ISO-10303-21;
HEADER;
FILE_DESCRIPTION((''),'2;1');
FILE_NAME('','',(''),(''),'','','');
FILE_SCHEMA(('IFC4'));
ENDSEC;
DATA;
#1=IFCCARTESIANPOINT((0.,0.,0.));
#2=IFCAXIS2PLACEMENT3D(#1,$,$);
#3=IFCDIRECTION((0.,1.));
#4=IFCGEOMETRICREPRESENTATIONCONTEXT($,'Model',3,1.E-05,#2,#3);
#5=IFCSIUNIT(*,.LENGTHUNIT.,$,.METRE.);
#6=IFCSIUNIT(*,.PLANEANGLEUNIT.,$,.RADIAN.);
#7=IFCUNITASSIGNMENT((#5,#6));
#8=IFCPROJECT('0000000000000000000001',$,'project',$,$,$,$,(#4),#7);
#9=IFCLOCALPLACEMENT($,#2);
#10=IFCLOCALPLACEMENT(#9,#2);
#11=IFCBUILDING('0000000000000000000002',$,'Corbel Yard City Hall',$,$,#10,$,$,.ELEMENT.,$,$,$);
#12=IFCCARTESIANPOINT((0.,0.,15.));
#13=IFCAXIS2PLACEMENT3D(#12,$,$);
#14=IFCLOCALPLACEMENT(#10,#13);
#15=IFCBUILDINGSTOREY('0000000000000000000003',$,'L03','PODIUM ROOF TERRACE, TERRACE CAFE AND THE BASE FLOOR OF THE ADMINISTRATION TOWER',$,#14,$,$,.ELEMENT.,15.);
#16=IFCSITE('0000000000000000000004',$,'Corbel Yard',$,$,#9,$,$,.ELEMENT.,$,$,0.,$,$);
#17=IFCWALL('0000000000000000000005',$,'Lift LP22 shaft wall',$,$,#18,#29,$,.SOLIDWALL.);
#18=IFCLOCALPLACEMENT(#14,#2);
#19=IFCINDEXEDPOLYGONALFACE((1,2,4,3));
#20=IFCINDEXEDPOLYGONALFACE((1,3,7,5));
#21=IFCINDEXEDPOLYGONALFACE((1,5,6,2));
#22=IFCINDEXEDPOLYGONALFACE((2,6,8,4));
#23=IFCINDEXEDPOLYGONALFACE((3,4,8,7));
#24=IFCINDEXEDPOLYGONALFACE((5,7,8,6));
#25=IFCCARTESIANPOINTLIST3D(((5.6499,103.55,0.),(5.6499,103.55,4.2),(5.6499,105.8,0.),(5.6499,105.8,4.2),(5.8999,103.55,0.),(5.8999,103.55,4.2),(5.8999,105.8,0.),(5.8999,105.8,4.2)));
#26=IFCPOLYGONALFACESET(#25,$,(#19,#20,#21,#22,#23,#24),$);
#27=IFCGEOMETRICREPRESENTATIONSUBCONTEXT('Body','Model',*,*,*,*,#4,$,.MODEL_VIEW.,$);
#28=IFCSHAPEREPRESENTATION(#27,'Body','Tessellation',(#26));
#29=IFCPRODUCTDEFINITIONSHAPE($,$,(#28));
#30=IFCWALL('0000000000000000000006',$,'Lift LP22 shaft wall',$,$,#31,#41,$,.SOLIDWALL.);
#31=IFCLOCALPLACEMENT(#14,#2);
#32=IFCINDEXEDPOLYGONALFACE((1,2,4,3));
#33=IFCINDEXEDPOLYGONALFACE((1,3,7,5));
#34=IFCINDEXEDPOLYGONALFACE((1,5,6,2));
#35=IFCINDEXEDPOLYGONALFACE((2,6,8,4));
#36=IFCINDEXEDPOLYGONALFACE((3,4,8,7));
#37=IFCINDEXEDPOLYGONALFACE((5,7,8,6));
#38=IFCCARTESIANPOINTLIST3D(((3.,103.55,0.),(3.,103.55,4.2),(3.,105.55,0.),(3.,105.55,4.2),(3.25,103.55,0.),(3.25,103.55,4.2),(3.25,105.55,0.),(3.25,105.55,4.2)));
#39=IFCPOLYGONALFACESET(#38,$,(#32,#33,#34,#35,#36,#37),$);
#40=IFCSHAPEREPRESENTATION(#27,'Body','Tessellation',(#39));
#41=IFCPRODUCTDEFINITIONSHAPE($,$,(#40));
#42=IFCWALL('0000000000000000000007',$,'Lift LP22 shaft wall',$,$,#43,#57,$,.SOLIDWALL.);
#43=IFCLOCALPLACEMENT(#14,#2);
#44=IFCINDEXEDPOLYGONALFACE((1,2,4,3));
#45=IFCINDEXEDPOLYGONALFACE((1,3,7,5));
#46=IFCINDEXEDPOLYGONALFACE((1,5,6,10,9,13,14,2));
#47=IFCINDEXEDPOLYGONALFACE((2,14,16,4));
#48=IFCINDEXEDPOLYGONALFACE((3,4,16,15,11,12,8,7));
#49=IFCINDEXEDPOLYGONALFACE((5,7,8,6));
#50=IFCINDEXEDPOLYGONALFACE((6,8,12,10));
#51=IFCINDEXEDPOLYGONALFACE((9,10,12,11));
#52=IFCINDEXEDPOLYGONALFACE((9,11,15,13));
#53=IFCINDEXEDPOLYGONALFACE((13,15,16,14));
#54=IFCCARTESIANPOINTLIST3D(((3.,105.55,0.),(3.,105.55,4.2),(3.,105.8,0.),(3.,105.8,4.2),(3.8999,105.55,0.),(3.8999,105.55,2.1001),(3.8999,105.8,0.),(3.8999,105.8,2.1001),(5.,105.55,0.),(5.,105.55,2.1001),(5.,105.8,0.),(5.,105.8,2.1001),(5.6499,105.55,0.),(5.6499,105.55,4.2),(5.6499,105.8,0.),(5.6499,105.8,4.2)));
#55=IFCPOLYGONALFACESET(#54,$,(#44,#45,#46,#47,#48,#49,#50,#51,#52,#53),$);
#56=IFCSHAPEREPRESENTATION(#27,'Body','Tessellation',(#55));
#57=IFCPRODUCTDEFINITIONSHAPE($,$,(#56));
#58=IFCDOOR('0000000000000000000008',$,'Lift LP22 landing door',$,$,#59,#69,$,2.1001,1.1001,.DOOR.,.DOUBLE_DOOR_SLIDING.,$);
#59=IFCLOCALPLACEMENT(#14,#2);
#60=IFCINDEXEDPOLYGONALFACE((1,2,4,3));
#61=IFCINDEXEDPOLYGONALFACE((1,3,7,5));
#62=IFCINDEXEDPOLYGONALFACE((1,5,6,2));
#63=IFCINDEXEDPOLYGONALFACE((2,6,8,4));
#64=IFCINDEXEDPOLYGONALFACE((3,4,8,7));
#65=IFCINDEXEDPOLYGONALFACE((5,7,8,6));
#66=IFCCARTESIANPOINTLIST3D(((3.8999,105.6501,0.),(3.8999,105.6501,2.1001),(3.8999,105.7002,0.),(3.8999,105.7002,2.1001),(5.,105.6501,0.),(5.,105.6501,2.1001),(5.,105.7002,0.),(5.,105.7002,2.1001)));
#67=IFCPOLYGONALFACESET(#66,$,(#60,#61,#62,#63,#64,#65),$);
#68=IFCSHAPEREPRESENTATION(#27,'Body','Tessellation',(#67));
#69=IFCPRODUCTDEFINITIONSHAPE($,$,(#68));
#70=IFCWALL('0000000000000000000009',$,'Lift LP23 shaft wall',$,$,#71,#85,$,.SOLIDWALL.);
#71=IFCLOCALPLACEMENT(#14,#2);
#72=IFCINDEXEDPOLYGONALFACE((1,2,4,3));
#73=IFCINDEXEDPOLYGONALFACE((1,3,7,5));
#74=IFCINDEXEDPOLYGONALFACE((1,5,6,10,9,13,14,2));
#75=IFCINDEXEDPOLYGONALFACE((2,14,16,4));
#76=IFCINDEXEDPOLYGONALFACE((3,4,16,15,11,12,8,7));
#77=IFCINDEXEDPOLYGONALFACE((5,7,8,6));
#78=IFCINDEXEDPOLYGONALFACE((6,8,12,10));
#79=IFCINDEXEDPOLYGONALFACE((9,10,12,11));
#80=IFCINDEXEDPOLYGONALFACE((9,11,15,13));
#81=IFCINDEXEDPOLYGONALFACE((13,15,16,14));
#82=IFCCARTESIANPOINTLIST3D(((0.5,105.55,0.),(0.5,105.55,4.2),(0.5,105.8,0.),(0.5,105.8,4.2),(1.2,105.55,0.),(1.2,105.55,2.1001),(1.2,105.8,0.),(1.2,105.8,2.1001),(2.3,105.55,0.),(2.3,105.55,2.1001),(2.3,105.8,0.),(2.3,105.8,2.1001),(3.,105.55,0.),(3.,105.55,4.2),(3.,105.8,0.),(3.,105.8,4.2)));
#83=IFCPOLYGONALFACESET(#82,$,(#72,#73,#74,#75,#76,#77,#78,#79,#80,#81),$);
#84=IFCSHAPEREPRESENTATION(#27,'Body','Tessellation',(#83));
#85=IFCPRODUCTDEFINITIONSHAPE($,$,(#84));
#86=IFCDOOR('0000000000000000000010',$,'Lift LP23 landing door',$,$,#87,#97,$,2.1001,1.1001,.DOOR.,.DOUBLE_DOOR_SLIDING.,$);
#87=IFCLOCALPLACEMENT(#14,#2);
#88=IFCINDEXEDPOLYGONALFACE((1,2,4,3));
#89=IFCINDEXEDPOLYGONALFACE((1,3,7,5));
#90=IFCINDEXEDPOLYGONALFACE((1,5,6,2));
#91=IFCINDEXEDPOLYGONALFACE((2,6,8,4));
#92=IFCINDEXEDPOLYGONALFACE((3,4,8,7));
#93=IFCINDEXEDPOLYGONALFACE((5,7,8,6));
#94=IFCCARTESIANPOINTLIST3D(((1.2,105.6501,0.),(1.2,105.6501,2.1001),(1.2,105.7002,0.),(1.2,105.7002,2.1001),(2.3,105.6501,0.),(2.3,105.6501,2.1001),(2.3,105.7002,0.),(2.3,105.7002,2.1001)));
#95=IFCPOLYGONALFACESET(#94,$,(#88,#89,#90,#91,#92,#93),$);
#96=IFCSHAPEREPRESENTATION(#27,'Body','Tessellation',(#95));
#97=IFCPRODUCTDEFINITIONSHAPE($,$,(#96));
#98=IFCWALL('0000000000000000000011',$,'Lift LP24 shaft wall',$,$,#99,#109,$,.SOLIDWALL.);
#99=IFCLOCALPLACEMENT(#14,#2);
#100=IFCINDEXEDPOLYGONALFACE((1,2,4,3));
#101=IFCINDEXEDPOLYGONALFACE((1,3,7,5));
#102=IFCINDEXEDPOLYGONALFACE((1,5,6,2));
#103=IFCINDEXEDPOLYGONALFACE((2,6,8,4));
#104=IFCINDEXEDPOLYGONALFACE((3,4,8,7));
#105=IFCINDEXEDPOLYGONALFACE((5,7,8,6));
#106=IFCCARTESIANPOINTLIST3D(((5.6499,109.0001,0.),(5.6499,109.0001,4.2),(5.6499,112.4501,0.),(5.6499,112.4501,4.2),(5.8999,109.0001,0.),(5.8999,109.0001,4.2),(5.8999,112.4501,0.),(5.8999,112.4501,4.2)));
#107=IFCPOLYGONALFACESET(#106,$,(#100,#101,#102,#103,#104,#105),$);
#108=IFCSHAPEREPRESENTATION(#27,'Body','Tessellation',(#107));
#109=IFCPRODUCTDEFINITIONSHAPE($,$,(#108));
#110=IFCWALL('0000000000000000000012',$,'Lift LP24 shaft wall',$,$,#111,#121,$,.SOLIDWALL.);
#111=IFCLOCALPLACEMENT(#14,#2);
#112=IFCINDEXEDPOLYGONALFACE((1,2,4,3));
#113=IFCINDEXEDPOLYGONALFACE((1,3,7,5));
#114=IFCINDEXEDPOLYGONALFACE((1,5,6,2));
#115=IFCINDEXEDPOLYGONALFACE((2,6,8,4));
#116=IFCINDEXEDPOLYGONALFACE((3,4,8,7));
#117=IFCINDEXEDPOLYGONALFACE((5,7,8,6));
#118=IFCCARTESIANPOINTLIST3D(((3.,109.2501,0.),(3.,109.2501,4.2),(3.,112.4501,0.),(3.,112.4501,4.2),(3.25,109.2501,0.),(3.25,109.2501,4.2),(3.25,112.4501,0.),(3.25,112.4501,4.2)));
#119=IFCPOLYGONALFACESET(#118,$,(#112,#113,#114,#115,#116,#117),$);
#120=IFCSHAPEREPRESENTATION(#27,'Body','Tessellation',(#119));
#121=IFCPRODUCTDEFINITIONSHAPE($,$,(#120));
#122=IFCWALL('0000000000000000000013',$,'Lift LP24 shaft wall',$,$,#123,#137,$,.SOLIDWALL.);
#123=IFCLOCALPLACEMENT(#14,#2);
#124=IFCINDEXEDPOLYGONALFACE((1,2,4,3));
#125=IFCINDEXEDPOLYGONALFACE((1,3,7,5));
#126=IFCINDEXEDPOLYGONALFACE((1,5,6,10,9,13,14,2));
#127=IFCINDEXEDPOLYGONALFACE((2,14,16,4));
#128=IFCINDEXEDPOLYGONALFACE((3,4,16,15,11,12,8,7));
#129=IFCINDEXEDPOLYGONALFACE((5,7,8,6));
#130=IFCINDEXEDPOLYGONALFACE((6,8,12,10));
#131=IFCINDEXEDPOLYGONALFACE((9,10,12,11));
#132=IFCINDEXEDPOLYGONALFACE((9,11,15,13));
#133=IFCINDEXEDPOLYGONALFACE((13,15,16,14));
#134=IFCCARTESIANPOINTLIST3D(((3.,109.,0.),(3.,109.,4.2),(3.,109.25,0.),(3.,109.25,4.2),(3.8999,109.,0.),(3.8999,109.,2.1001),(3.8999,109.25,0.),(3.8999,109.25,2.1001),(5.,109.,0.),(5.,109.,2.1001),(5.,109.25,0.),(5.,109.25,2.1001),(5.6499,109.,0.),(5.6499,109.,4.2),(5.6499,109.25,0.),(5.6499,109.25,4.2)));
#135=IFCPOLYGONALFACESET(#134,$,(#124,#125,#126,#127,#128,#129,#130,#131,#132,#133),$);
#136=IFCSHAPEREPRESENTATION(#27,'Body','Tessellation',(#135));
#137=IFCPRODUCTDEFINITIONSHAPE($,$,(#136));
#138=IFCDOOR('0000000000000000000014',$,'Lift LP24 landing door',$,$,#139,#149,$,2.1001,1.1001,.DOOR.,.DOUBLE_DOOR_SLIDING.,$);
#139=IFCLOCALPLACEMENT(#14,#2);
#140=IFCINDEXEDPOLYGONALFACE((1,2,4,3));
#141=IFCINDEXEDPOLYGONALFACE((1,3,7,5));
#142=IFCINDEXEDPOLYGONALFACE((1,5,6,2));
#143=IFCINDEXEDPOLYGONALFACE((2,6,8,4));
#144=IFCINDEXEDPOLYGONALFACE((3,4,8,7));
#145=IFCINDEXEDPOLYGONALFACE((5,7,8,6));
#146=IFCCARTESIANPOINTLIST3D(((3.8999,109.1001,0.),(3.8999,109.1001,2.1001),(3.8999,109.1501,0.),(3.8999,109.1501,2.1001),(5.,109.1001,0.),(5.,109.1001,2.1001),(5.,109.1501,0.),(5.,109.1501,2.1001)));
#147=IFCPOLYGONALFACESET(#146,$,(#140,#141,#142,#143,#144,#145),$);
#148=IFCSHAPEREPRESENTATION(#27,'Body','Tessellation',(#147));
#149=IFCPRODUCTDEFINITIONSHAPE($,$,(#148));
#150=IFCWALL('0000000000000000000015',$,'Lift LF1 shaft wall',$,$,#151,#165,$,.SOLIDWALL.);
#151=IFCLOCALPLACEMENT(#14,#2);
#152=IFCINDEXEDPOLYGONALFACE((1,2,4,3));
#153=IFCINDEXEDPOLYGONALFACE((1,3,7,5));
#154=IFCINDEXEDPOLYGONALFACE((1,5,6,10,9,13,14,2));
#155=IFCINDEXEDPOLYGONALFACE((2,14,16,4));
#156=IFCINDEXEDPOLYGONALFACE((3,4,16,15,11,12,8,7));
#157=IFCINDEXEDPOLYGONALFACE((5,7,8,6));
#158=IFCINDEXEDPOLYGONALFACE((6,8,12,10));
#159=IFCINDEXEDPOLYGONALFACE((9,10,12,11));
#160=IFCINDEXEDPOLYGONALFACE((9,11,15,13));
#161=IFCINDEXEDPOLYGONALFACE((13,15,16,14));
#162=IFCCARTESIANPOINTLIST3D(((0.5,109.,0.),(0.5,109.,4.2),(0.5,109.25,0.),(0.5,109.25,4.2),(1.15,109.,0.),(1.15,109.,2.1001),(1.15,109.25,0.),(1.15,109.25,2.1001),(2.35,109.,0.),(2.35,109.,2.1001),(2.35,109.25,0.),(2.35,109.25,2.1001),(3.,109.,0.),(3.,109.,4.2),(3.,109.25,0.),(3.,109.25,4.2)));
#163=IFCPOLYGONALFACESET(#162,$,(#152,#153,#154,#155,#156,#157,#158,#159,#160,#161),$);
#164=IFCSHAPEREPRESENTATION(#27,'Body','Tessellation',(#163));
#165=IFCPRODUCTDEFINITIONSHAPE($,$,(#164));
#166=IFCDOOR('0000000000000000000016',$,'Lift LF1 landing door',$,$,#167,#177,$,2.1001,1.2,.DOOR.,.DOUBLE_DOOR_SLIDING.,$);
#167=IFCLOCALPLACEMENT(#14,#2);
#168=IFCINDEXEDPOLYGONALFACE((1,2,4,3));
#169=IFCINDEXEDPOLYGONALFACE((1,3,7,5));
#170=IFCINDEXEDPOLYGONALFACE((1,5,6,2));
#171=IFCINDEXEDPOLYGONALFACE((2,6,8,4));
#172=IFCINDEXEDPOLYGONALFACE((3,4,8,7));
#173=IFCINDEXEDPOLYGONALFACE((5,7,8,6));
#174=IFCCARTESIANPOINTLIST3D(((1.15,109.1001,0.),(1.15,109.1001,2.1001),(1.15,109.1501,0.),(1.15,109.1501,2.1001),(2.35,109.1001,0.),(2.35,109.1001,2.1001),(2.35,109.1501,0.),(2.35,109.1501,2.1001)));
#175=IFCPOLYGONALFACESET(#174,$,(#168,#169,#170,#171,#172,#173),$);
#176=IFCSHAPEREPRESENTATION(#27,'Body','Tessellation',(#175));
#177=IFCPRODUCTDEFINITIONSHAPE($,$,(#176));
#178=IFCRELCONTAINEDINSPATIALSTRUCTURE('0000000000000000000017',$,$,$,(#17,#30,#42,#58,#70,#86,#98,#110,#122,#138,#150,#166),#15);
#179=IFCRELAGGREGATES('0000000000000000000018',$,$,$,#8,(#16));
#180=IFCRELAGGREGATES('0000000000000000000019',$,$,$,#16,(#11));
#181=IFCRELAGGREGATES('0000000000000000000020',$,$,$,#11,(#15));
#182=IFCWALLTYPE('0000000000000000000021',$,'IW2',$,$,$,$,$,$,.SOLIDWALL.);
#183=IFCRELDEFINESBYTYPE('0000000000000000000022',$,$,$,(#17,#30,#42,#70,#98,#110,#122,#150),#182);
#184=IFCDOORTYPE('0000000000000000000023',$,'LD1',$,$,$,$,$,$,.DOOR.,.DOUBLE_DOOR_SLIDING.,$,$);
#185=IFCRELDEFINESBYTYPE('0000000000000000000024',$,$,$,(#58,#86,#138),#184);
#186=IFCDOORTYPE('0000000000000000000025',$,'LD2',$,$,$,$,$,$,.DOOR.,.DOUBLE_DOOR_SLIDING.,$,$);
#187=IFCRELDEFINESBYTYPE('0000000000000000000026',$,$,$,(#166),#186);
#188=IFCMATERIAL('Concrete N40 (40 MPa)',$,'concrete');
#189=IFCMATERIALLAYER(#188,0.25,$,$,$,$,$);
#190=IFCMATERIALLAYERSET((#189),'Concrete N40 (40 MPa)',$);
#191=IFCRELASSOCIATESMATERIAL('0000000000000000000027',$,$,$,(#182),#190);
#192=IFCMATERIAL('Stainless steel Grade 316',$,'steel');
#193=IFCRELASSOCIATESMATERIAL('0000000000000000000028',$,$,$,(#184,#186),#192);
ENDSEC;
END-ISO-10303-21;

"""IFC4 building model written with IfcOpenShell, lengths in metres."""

from ifc_helpers import new_model, si_unit, direction, frame, frame_2d, origin, place, context, subcontext, project, spatial, rectangle, extrude, material, layer, layer_set, type_object, element, fill, save


model = new_model("IFC4")

# Units and contexts
model_context = context("Model", 3, precision=1e-05, world=origin(), true_north=direction((0.0, 1.0)))
body_context = subcontext(model_context, "Body", "Model", "MODEL_VIEW")
ifc_project = project(units=[si_unit("LENGTHUNIT", "METRE"), si_unit("PLANEANGLEUNIT", "RADIAN")], contexts=[model_context])

# Site, building, storey
site_placement = place(None, origin())
site = spatial("IfcSite", under=ifc_project, at=site_placement, Name="Corbel Yard", CompositionType="ELEMENT", RefElevation=0.0)
building_placement = place(site_placement, origin())
building = spatial("IfcBuilding", under=site, at=building_placement, Name="Corbel Yard City Hall", CompositionType="ELEMENT")
storey_placement = place(building_placement, frame((0.0, 0.0, 15.0)))
storey = spatial("IfcBuildingStorey", under=building, at=storey_placement, Name="L03", Description="PODIUM ROOF TERRACE, TERRACE CAFE AND THE BASE FLOOR OF THE ADMINISTRATION TOWER", CompositionType="ELEMENT", Elevation=15.0)

# Walls
ifc_material_1 = material(Name="Concrete N40 (40 MPa)", Category="concrete")
ifc_layer_1 = layer(ifc_material_1, 0.25)
ifc_layer_set_1 = layer_set([ifc_layer_1], Name="Concrete N40 (40 MPa)")
wall_type_1 = type_object("IfcWallType", Name="IW2", PredefinedType="SOLIDWALL", material=ifc_layer_set_1)
wall_1_placement = place(storey_placement, frame((5.7749, 103.55, 0.0), z_axis=(0.0, 0.0, 1.0), x_axis=(0.0, 1.0, 0.0)))
element("IfcWall", 1, at=wall_1_placement, inside=storey, type_object=wall_type_1, Name="Lift LP22 shaft wall", PredefinedType="SOLIDWALL", context=body_context, shape_type="SweptSolid", body=[
    extrude(rectangle(XDim=2.25, YDim=0.25, at=frame_2d((1.125, 0.0))), origin(), (0.0, 0.0, 1.0), 4.2),
])
wall_2_placement = place(storey_placement, frame((3.125, 103.55, 0.0), z_axis=(0.0, 0.0, 1.0), x_axis=(0.0, 1.0, 0.0)))
element("IfcWall", 2, at=wall_2_placement, inside=storey, type_object=wall_type_1, Name="Lift LP22 shaft wall", PredefinedType="SOLIDWALL", context=body_context, shape_type="SweptSolid", body=[
    extrude(rectangle(XDim=2.0, YDim=0.25, at=frame_2d((1.0, 0.0))), origin(), (0.0, 0.0, 1.0), 4.2),
])

# Walls, openings, doors
wall_3_placement = place(storey_placement, frame((5.6499, 105.675, 0.0), z_axis=(0.0, 0.0, 1.0), x_axis=(-1.0, 0.0, 0.0)))
wall_3 = element("IfcWall", 3, at=wall_3_placement, inside=storey, type_object=wall_type_1, Name="Lift LP22 shaft wall", PredefinedType="SOLIDWALL", context=body_context, shape_type="SweptSolid", body=[
    extrude(rectangle(XDim=2.6499, YDim=0.25, at=frame_2d((1.325, 0.0))), origin(), (0.0, 0.0, 1.0), 4.2),
])
opening_1_placement = place(wall_3_placement, frame((0.6499, 0.0, 0.0)))
opening_1 = element("IfcOpeningElement", 4, at=opening_1_placement, cuts=wall_3, PredefinedType="OPENING", context=body_context, shape_type="SweptSolid", body=[
    extrude(rectangle(XDim=1.1001, YDim=2.1001, at=frame_2d((0.55, 1.05))), frame((0.0, 0.135, 0.0), z_axis=(0.0, -1.0, 0.0), x_axis=(1.0, 0.0, 0.0)), (0.0, 0.0, 1.0), 0.27),
])
ifc_material_2 = material(Name="Stainless steel Grade 316", Category="steel")
door_type_1 = type_object("IfcDoorType", Name="LD1", OperationType="DOUBLE_DOOR_SLIDING", PredefinedType="DOOR", material=ifc_material_2)
door_1_placement = place(opening_1_placement, origin())
door_1 = element("IfcDoor", 5, at=door_1_placement, inside=storey, type_object=door_type_1, Name="Lift LP22 landing door", OperationType="DOUBLE_DOOR_SLIDING", OverallHeight=2.1001, OverallWidth=1.1001, PredefinedType="DOOR", context=body_context, shape_type="SweptSolid", body=[
    extrude(rectangle(XDim=1.1001, YDim=2.1001, at=frame_2d((0.55, 1.05))), frame((0.0, 0.0249, 0.0), z_axis=(0.0, -1.0, 0.0), x_axis=(1.0, 0.0, 0.0)), (0.0, 0.0, 1.0), 0.05),
])
fill(opening_1, door_1)
wall_4_placement = place(storey_placement, frame((3.0, 105.675, 0.0), z_axis=(0.0, 0.0, 1.0), x_axis=(-1.0, 0.0, 0.0)))
wall_4 = element("IfcWall", 6, at=wall_4_placement, inside=storey, type_object=wall_type_1, Name="Lift LP23 shaft wall", PredefinedType="SOLIDWALL", context=body_context, shape_type="SweptSolid", body=[
    extrude(rectangle(XDim=2.5, YDim=0.25, at=frame_2d((1.25, 0.0))), origin(), (0.0, 0.0, 1.0), 4.2),
])
opening_2_placement = place(wall_4_placement, frame((0.7, 0.0, 0.0)))
opening_2 = element("IfcOpeningElement", 7, at=opening_2_placement, cuts=wall_4, PredefinedType="OPENING", context=body_context, shape_type="SweptSolid", body=[
    extrude(rectangle(XDim=1.1001, YDim=2.1001, at=frame_2d((0.55, 1.05))), frame((0.0, 0.135, 0.0), z_axis=(0.0, -1.0, 0.0), x_axis=(1.0, 0.0, 0.0)), (0.0, 0.0, 1.0), 0.27),
])
door_2_placement = place(opening_2_placement, origin())
door_2 = element("IfcDoor", 8, at=door_2_placement, inside=storey, type_object=door_type_1, Name="Lift LP23 landing door", OperationType="DOUBLE_DOOR_SLIDING", OverallHeight=2.1001, OverallWidth=1.1001, PredefinedType="DOOR", context=body_context, shape_type="SweptSolid", body=[
    extrude(rectangle(XDim=1.1001, YDim=2.1001, at=frame_2d((0.55, 1.05))), frame((0.0, 0.0249, 0.0), z_axis=(0.0, -1.0, 0.0), x_axis=(1.0, 0.0, 0.0)), (0.0, 0.0, 1.0), 0.05),
])
fill(opening_2, door_2)

# Walls
wall_5_placement = place(storey_placement, frame((5.7749, 109.0, 0.0), z_axis=(0.0, 0.0, 1.0), x_axis=(0.0, 1.0, 0.0)))
element("IfcWall", 9, at=wall_5_placement, inside=storey, type_object=wall_type_1, Name="Lift LP24 shaft wall", PredefinedType="SOLIDWALL", context=body_context, shape_type="SweptSolid", body=[
    extrude(rectangle(XDim=3.45, YDim=0.25, at=frame_2d((1.7251, 0.0))), origin(), (0.0, 0.0, 1.0), 4.2),
])
wall_6_placement = place(storey_placement, frame((3.125, 109.25, 0.0), z_axis=(0.0, 0.0, 1.0), x_axis=(0.0, 1.0, 0.0)))
element("IfcWall", 10, at=wall_6_placement, inside=storey, type_object=wall_type_1, Name="Lift LP24 shaft wall", PredefinedType="SOLIDWALL", context=body_context, shape_type="SweptSolid", body=[
    extrude(rectangle(XDim=3.2, YDim=0.25, at=frame_2d((1.6001, 0.0))), origin(), (0.0, 0.0, 1.0), 4.2),
])

# Walls, openings, doors
wall_7_placement = place(storey_placement, frame((5.6499, 109.125, 0.0), z_axis=(0.0, 0.0, 1.0), x_axis=(-1.0, 0.0, 0.0)))
wall_7 = element("IfcWall", 11, at=wall_7_placement, inside=storey, type_object=wall_type_1, Name="Lift LP24 shaft wall", PredefinedType="SOLIDWALL", context=body_context, shape_type="SweptSolid", body=[
    extrude(rectangle(XDim=2.6499, YDim=0.25, at=frame_2d((1.325, 0.0))), origin(), (0.0, 0.0, 1.0), 4.2),
])
opening_3_placement = place(wall_7_placement, frame((0.6499, 0.0, 0.0)))
opening_3 = element("IfcOpeningElement", 12, at=opening_3_placement, cuts=wall_7, PredefinedType="OPENING", context=body_context, shape_type="SweptSolid", body=[
    extrude(rectangle(XDim=1.1001, YDim=2.1001, at=frame_2d((0.55, 1.05))), frame((0.0, 0.135, 0.0), z_axis=(0.0, -1.0, 0.0), x_axis=(1.0, 0.0, 0.0)), (0.0, 0.0, 1.0), 0.27),
])
door_3_placement = place(opening_3_placement, origin())
door_3 = element("IfcDoor", 13, at=door_3_placement, inside=storey, type_object=door_type_1, Name="Lift LP24 landing door", OperationType="DOUBLE_DOOR_SLIDING", OverallHeight=2.1001, OverallWidth=1.1001, PredefinedType="DOOR", context=body_context, shape_type="SweptSolid", body=[
    extrude(rectangle(XDim=1.1001, YDim=2.1001, at=frame_2d((0.55, 1.05))), frame((0.0, 0.0249, 0.0), z_axis=(0.0, -1.0, 0.0), x_axis=(1.0, 0.0, 0.0)), (0.0, 0.0, 1.0), 0.05),
])
fill(opening_3, door_3)
wall_8_placement = place(storey_placement, frame((3.0, 109.125, 0.0), z_axis=(0.0, 0.0, 1.0), x_axis=(-1.0, 0.0, 0.0)))
wall_8 = element("IfcWall", 14, at=wall_8_placement, inside=storey, type_object=wall_type_1, Name="Lift LF1 shaft wall", PredefinedType="SOLIDWALL", context=body_context, shape_type="SweptSolid", body=[
    extrude(rectangle(XDim=2.5, YDim=0.25, at=frame_2d((1.25, 0.0))), origin(), (0.0, 0.0, 1.0), 4.2),
])
opening_4_placement = place(wall_8_placement, frame((0.6499, 0.0, 0.0)))
opening_4 = element("IfcOpeningElement", 15, at=opening_4_placement, cuts=wall_8, PredefinedType="OPENING", context=body_context, shape_type="SweptSolid", body=[
    extrude(rectangle(XDim=1.2, YDim=2.1001, at=frame_2d((0.6001, 1.05))), frame((0.0, 0.135, 0.0), z_axis=(0.0, -1.0, 0.0), x_axis=(1.0, 0.0, 0.0)), (0.0, 0.0, 1.0), 0.27),
])
door_type_2 = type_object("IfcDoorType", Name="LD2", OperationType="DOUBLE_DOOR_SLIDING", PredefinedType="DOOR", material=ifc_material_2)
door_4_placement = place(opening_4_placement, origin())
door_4 = element("IfcDoor", 16, at=door_4_placement, inside=storey, type_object=door_type_2, Name="Lift LF1 landing door", OperationType="DOUBLE_DOOR_SLIDING", OverallHeight=2.1001, OverallWidth=1.2, PredefinedType="DOOR", context=body_context, shape_type="SweptSolid", body=[
    extrude(rectangle(XDim=1.2, YDim=2.1001, at=frame_2d((0.6001, 1.05))), frame((0.0, 0.0249, 0.0), z_axis=(0.0, -1.0, 0.0), x_axis=(1.0, 0.0, 0.0)), (0.0, 0.0, 1.0), 0.05),
])
fill(opening_4, door_4)

save(model, "model.ifc")
